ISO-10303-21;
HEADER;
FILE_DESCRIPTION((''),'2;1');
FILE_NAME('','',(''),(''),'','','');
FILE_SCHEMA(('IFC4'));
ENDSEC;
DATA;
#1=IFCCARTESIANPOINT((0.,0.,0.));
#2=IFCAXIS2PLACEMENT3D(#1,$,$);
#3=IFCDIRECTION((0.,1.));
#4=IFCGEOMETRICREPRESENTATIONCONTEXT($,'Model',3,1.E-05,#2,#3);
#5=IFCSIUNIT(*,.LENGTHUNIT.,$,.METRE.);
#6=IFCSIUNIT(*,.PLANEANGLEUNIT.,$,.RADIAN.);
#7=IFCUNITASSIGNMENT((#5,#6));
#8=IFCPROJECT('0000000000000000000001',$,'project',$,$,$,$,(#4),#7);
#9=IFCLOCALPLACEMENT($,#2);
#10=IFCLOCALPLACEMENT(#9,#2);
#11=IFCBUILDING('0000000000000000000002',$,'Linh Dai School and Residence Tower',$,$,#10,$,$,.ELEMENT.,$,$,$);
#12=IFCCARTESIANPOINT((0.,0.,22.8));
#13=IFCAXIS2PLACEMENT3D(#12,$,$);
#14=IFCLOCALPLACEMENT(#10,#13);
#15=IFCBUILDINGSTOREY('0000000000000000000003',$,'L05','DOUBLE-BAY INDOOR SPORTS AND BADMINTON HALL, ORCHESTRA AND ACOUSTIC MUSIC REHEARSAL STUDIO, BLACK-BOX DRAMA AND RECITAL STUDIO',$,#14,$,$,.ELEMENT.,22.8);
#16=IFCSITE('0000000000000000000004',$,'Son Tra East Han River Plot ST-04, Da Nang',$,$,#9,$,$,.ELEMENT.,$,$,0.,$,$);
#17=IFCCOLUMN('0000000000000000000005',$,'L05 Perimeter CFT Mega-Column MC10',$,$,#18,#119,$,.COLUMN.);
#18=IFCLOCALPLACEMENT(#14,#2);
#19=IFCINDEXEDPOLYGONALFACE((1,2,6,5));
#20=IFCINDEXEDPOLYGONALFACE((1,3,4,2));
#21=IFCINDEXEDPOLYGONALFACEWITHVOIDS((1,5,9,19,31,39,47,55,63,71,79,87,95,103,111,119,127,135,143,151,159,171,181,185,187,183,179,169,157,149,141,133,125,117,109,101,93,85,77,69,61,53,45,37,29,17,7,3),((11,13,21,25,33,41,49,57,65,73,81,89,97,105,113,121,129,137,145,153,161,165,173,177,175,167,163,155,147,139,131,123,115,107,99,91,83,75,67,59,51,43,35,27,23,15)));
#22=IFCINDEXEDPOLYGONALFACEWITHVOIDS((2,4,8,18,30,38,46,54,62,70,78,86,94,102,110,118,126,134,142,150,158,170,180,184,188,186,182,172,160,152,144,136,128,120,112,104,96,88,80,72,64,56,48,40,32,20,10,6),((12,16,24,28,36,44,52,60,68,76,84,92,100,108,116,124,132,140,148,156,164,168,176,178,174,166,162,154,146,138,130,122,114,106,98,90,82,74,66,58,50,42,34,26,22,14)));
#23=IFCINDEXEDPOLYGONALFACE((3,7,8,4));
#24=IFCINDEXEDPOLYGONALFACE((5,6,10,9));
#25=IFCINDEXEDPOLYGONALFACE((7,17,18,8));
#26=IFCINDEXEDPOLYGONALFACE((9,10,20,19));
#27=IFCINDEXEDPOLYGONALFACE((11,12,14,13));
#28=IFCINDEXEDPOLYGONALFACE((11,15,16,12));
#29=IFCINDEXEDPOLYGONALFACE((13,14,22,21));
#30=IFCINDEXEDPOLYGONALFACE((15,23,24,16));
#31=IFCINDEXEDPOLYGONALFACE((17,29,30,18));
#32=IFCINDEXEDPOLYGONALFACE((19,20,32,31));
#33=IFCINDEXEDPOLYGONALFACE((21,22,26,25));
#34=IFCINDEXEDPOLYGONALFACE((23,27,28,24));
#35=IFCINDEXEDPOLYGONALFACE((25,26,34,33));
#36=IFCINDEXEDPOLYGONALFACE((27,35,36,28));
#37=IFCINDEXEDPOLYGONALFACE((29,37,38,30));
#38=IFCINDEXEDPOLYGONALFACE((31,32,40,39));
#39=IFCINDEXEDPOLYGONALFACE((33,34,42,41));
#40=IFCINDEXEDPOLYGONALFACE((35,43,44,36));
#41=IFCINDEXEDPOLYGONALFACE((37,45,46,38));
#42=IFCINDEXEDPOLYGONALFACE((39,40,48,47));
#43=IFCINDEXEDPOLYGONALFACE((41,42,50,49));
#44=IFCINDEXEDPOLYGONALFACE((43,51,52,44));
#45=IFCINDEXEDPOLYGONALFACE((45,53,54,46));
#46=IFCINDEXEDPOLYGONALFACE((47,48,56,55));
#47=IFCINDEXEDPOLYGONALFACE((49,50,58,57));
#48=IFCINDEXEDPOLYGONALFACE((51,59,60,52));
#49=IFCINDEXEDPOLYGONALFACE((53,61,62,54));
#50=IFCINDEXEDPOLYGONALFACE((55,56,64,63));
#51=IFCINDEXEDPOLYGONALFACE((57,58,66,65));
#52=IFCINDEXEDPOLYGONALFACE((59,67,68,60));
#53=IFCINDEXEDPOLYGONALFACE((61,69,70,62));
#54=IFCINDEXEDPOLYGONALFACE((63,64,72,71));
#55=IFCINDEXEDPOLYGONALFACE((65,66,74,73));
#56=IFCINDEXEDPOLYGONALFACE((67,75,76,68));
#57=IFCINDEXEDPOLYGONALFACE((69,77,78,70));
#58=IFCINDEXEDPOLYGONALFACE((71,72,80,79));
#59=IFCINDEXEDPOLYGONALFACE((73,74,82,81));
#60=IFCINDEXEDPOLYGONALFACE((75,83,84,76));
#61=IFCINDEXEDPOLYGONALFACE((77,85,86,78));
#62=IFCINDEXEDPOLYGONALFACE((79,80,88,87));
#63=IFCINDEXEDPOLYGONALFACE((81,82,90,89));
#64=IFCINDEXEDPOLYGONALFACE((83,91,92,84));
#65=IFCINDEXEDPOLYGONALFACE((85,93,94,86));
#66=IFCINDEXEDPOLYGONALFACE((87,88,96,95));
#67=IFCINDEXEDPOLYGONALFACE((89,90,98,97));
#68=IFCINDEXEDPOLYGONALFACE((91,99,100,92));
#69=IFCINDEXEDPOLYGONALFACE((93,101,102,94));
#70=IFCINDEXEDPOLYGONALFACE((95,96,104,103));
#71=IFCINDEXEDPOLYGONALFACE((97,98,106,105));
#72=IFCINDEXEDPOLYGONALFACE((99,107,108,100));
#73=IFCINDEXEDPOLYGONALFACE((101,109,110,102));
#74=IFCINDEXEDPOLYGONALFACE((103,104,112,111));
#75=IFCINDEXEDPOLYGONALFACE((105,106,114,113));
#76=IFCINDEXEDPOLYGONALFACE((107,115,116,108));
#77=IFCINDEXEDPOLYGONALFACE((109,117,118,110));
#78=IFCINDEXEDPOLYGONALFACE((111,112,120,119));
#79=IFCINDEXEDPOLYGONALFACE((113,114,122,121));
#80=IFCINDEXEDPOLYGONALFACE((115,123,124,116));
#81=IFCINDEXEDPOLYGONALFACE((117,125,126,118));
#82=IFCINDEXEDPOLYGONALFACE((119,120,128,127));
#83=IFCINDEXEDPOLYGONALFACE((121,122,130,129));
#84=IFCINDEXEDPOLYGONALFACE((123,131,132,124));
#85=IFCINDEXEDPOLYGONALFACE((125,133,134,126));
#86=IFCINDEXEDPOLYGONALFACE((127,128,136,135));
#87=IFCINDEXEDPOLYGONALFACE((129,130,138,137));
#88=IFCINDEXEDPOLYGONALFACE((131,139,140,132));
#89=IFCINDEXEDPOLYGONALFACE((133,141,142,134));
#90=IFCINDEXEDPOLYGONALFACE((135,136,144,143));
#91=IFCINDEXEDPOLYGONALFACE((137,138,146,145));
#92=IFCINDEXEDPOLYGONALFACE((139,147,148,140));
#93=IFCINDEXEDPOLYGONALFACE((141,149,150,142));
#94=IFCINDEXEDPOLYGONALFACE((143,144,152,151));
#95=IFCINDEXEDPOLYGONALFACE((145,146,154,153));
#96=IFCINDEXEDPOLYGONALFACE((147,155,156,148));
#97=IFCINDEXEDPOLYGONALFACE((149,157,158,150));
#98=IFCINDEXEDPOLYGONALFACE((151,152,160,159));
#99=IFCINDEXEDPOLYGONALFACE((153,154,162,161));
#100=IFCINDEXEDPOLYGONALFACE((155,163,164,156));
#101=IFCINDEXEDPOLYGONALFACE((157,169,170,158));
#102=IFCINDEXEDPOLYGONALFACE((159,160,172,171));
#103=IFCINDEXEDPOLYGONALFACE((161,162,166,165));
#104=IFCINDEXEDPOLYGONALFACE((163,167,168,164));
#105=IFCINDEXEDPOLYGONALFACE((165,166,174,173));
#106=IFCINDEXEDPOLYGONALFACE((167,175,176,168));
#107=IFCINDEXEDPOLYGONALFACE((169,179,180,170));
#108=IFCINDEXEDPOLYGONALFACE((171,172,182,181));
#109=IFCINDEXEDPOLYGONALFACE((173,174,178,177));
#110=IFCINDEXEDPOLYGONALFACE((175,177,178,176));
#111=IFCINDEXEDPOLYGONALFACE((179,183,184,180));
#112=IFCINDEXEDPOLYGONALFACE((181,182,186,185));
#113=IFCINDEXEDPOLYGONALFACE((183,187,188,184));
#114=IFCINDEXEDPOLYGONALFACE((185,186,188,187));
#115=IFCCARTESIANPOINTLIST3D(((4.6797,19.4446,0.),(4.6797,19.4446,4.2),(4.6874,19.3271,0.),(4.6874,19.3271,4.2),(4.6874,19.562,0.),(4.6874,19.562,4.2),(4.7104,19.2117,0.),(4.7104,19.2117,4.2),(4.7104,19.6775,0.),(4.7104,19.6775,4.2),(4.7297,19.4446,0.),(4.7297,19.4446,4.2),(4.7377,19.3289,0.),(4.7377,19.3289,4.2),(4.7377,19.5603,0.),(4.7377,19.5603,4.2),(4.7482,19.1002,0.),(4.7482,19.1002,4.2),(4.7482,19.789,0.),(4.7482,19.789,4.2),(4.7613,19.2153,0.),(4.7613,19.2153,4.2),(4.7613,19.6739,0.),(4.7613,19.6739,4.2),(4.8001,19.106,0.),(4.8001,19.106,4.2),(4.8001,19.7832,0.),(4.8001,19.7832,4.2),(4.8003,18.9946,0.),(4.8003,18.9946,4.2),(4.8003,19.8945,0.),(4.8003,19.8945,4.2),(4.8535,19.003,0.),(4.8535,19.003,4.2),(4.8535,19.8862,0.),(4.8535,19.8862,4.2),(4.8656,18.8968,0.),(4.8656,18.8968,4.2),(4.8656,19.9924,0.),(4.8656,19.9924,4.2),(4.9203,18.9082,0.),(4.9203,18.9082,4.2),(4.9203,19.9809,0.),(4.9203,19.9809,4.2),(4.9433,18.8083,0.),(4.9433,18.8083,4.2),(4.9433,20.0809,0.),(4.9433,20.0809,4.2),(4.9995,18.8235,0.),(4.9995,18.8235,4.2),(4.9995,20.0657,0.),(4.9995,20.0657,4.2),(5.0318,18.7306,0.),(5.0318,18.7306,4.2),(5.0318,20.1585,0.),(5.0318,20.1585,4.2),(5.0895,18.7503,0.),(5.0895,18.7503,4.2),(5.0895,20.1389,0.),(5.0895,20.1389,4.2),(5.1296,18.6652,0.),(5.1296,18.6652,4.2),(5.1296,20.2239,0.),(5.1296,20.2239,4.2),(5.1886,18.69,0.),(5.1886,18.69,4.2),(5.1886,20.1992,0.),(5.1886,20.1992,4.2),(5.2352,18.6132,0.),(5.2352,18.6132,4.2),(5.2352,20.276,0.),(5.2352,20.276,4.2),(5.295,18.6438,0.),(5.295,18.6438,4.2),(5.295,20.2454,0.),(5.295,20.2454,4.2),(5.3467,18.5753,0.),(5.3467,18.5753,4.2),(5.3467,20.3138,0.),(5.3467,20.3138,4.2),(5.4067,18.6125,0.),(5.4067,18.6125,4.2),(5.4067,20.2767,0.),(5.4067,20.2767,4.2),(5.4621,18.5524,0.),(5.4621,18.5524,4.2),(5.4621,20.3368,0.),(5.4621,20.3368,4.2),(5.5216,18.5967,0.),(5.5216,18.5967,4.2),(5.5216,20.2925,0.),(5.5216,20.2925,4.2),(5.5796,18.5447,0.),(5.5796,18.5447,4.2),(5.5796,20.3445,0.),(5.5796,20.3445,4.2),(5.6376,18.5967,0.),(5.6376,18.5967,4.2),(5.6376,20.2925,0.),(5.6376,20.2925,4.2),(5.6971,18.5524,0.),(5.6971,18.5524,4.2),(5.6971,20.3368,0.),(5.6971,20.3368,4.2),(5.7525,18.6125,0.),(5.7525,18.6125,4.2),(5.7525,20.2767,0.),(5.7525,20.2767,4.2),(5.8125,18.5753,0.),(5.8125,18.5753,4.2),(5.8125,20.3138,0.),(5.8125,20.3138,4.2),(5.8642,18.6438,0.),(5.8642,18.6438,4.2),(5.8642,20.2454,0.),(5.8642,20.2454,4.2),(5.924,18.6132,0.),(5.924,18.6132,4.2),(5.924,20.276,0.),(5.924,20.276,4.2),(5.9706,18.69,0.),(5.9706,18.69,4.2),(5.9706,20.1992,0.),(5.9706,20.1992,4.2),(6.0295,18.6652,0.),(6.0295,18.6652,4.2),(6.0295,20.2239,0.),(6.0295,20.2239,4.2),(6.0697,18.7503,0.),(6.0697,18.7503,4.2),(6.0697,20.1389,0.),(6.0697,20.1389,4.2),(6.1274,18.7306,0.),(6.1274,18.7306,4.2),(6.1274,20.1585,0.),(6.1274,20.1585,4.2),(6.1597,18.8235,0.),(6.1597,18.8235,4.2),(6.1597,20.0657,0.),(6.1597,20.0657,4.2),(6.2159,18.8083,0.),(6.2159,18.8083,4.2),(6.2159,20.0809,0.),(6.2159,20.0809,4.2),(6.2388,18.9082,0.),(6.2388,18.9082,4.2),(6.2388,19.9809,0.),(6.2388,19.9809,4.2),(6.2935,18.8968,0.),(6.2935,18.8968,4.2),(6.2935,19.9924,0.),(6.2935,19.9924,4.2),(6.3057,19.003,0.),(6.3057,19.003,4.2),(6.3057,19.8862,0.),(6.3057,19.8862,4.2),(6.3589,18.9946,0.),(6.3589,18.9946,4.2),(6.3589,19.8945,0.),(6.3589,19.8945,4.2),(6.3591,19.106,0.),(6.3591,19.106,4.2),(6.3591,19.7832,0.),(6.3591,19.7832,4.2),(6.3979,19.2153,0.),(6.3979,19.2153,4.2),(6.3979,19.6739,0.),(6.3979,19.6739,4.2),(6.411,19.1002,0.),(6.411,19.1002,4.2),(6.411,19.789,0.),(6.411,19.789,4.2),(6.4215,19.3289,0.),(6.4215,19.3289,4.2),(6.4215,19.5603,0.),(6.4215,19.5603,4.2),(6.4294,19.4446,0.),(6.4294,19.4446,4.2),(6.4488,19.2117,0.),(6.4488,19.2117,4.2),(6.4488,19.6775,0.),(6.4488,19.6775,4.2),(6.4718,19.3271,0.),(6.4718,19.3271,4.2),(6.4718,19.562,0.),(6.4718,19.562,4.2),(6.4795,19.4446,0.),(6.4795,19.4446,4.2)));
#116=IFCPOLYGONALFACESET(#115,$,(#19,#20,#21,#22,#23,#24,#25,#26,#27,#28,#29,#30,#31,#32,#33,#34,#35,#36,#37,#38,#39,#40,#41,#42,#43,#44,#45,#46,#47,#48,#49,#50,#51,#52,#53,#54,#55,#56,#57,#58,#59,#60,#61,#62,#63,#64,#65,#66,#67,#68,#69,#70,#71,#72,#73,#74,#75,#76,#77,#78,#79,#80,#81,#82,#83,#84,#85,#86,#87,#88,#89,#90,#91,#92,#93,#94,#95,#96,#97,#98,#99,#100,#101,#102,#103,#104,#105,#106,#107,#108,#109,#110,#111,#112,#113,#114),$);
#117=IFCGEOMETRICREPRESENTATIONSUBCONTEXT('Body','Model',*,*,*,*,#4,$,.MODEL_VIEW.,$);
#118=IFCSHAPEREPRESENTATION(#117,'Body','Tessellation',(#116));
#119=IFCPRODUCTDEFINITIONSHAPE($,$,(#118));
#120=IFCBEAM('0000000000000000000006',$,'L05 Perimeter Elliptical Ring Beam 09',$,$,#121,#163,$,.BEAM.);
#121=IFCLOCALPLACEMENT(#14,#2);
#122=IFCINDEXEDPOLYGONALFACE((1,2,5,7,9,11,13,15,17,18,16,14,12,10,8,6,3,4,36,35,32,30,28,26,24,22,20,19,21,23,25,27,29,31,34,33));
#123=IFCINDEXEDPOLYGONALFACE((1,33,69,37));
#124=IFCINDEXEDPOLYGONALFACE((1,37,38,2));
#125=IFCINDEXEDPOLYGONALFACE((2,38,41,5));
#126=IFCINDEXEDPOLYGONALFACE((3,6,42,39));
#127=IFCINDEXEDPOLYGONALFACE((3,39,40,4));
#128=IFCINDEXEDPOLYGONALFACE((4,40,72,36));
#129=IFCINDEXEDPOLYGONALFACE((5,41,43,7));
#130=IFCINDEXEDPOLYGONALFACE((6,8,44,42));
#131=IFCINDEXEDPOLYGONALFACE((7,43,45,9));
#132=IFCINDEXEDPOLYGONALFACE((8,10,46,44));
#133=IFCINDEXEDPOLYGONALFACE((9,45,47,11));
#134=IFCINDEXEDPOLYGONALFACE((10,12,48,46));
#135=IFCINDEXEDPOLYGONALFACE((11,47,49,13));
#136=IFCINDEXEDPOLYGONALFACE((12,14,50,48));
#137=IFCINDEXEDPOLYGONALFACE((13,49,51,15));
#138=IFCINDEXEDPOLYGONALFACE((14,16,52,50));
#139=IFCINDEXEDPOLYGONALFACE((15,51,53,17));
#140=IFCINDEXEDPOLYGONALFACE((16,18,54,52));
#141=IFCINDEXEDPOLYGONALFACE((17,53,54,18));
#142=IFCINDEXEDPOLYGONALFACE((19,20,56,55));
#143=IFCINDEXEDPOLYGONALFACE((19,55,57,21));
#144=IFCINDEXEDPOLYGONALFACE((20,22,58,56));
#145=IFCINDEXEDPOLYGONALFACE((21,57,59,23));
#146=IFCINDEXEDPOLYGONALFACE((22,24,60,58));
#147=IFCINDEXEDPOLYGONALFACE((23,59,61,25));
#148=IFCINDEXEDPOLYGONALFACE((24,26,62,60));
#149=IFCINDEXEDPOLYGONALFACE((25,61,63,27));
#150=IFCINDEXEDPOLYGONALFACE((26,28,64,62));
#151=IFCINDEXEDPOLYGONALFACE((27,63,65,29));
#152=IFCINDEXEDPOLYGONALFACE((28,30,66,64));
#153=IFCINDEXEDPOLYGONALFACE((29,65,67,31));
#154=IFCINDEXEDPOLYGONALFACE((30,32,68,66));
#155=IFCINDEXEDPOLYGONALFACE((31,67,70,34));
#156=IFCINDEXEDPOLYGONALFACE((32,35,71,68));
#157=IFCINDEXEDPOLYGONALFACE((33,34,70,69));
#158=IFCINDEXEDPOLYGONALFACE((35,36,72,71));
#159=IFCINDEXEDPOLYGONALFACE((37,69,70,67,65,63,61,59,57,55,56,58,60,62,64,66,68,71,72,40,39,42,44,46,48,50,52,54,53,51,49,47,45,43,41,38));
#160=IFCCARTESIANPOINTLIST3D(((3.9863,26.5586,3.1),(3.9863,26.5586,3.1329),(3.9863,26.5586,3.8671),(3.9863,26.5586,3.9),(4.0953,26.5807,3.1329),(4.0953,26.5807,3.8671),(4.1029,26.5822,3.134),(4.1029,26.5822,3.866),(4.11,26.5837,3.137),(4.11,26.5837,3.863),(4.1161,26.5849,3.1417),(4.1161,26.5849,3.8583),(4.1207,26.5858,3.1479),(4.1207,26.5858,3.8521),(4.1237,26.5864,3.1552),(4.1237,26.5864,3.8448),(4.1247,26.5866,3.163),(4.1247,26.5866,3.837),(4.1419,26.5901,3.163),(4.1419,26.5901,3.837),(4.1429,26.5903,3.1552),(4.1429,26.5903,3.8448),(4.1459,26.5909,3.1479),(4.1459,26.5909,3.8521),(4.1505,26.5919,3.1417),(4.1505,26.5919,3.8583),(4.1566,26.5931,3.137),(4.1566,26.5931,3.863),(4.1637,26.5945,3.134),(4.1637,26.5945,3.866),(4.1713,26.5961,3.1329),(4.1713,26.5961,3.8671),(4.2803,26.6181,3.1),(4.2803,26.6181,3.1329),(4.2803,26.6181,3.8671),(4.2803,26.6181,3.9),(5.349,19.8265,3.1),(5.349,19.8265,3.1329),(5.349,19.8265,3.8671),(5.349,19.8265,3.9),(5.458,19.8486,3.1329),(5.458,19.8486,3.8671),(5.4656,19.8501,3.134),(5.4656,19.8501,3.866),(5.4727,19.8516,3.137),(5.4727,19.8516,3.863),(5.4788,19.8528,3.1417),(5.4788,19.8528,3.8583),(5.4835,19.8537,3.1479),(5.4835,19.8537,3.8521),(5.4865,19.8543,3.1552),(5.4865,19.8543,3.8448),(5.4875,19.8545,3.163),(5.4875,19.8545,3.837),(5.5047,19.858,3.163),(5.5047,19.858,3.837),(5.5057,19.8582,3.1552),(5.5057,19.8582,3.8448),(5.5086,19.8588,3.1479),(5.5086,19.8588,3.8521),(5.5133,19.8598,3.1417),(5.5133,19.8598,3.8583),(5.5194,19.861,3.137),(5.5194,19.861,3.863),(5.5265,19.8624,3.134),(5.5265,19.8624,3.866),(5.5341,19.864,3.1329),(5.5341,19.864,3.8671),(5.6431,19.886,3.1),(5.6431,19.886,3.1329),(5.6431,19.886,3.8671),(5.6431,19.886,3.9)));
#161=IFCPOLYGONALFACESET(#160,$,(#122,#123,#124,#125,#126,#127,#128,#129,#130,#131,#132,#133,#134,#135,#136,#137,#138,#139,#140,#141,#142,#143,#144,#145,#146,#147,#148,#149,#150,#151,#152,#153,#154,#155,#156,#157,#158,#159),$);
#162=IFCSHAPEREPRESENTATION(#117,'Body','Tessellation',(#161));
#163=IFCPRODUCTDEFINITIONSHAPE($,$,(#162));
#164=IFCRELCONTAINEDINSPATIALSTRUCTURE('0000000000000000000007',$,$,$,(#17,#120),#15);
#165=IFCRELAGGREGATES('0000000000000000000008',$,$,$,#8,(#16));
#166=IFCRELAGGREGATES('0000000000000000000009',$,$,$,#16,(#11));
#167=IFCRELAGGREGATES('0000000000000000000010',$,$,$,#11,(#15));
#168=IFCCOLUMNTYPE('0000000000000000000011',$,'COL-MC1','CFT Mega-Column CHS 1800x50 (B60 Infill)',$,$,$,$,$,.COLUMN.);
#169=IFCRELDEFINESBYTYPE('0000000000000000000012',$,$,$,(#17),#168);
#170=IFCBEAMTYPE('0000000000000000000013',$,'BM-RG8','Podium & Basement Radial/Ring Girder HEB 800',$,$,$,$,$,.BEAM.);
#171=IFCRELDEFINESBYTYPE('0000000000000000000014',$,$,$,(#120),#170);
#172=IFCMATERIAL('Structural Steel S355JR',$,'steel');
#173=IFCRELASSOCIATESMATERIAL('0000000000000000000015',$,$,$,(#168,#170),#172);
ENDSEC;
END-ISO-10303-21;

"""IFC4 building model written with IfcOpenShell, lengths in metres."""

from ifc_helpers import new_model, si_unit, direction, frame, origin, origin_2d, place, context, subcontext, project, spatial, hollow_circle, i_section, extrude, material, material_profile, profile_set, type_object, element, save


model = new_model("IFC4")

# Units and contexts
model_context = context("Model", 3, precision=1e-05, world=origin(), true_north=direction((0.0, 1.0)))
body_context = subcontext(model_context, "Body", "Model", "MODEL_VIEW")
ifc_project = project(units=[si_unit("LENGTHUNIT", "METRE"), si_unit("PLANEANGLEUNIT", "RADIAN")], contexts=[model_context])

# Site, building, storey
site_placement = place(None, origin())
site = spatial("IfcSite", under=ifc_project, at=site_placement, Name="Son Tra East Han River Plot ST-04, Da Nang", CompositionType="ELEMENT", RefElevation=0.0)
building_placement = place(site_placement, origin())
building = spatial("IfcBuilding", under=site, at=building_placement, Name="Linh Dai School and Residence Tower", CompositionType="ELEMENT")
storey_placement = place(building_placement, frame((0.0, 0.0, 22.8)))
storey = spatial("IfcBuildingStorey", under=building, at=storey_placement, Name="L05", Description="DOUBLE-BAY INDOOR SPORTS AND BADMINTON HALL, ORCHESTRA AND ACOUSTIC MUSIC REHEARSAL STUDIO, BLACK-BOX DRAMA AND RECITAL STUDIO", CompositionType="ELEMENT", Elevation=22.8)

# Column
ifc_material_1 = material(Name="Structural Steel S355JR", Category="steel")
ifc_material_profile_1 = material_profile(ifc_material_1, hollow_circle(Radius=0.8999, WallThickness=0.05, at=origin_2d()), Name="CHS 1800x50")
ifc_profile_set_1 = profile_set([ifc_material_profile_1], Name="Structural Steel S355JR")
column_type_1 = type_object("IfcColumnType", Name="COL-MC1", Description="CFT Mega-Column CHS 1800x50 (B60 Infill)", PredefinedType="COLUMN", material=ifc_profile_set_1)
for number, where, z_axis, x_axis, name in (
    (1, (5.5796, 19.4446, 0.0), (0.0, 0.0, 1.0), (1.0, 0.0, 0.0), "L05 Perimeter CFT Mega-Column MC10"),
):
    element("IfcColumn", number, at=place(storey_placement, frame(where, z_axis=z_axis, x_axis=x_axis)), inside=storey, type_object=column_type_1, Name=name, PredefinedType="COLUMN", context=body_context, shape_type="SweptSolid", body=[
        extrude(hollow_circle(Radius=0.8999, WallThickness=0.05, at=origin_2d()), origin(), (0.0, 0.0, 1.0), 4.2),
    ])

# Beam
ifc_material_profile_2 = material_profile(ifc_material_1, i_section(OverallWidth=0.3, OverallDepth=0.8, WebThickness=0.0176, FlangeThickness=0.033, FilletRadius=0.03, at=origin_2d()), Name="HEB 800")
ifc_profile_set_2 = profile_set([ifc_material_profile_2], Name="Structural Steel S355JR")
beam_type_1 = type_object("IfcBeamType", Name="BM-RG8", Description="Podium & Basement Radial/Ring Girder HEB 800", PredefinedType="BEAM", material=ifc_profile_set_2)
beam_1_placement = place(storey_placement, frame((4.1333, 26.5884, 3.5), z_axis=(0.198405, -0.98012, 0.0), x_axis=(0.98012, 0.198405, 0.0)))
element("IfcBeam", 2, at=beam_1_placement, inside=storey, type_object=beam_type_1, Name="L05 Perimeter Elliptical Ring Beam 09", PredefinedType="BEAM", context=body_context, shape_type="SweptSolid", body=[
    extrude(i_section(OverallWidth=0.3, OverallDepth=0.8, WebThickness=0.0176, FlangeThickness=0.033, FilletRadius=0.03, at=origin_2d()), origin(), (0.0, 0.0, 1.0), 6.8687),
])

save(model, "model.ifc")
